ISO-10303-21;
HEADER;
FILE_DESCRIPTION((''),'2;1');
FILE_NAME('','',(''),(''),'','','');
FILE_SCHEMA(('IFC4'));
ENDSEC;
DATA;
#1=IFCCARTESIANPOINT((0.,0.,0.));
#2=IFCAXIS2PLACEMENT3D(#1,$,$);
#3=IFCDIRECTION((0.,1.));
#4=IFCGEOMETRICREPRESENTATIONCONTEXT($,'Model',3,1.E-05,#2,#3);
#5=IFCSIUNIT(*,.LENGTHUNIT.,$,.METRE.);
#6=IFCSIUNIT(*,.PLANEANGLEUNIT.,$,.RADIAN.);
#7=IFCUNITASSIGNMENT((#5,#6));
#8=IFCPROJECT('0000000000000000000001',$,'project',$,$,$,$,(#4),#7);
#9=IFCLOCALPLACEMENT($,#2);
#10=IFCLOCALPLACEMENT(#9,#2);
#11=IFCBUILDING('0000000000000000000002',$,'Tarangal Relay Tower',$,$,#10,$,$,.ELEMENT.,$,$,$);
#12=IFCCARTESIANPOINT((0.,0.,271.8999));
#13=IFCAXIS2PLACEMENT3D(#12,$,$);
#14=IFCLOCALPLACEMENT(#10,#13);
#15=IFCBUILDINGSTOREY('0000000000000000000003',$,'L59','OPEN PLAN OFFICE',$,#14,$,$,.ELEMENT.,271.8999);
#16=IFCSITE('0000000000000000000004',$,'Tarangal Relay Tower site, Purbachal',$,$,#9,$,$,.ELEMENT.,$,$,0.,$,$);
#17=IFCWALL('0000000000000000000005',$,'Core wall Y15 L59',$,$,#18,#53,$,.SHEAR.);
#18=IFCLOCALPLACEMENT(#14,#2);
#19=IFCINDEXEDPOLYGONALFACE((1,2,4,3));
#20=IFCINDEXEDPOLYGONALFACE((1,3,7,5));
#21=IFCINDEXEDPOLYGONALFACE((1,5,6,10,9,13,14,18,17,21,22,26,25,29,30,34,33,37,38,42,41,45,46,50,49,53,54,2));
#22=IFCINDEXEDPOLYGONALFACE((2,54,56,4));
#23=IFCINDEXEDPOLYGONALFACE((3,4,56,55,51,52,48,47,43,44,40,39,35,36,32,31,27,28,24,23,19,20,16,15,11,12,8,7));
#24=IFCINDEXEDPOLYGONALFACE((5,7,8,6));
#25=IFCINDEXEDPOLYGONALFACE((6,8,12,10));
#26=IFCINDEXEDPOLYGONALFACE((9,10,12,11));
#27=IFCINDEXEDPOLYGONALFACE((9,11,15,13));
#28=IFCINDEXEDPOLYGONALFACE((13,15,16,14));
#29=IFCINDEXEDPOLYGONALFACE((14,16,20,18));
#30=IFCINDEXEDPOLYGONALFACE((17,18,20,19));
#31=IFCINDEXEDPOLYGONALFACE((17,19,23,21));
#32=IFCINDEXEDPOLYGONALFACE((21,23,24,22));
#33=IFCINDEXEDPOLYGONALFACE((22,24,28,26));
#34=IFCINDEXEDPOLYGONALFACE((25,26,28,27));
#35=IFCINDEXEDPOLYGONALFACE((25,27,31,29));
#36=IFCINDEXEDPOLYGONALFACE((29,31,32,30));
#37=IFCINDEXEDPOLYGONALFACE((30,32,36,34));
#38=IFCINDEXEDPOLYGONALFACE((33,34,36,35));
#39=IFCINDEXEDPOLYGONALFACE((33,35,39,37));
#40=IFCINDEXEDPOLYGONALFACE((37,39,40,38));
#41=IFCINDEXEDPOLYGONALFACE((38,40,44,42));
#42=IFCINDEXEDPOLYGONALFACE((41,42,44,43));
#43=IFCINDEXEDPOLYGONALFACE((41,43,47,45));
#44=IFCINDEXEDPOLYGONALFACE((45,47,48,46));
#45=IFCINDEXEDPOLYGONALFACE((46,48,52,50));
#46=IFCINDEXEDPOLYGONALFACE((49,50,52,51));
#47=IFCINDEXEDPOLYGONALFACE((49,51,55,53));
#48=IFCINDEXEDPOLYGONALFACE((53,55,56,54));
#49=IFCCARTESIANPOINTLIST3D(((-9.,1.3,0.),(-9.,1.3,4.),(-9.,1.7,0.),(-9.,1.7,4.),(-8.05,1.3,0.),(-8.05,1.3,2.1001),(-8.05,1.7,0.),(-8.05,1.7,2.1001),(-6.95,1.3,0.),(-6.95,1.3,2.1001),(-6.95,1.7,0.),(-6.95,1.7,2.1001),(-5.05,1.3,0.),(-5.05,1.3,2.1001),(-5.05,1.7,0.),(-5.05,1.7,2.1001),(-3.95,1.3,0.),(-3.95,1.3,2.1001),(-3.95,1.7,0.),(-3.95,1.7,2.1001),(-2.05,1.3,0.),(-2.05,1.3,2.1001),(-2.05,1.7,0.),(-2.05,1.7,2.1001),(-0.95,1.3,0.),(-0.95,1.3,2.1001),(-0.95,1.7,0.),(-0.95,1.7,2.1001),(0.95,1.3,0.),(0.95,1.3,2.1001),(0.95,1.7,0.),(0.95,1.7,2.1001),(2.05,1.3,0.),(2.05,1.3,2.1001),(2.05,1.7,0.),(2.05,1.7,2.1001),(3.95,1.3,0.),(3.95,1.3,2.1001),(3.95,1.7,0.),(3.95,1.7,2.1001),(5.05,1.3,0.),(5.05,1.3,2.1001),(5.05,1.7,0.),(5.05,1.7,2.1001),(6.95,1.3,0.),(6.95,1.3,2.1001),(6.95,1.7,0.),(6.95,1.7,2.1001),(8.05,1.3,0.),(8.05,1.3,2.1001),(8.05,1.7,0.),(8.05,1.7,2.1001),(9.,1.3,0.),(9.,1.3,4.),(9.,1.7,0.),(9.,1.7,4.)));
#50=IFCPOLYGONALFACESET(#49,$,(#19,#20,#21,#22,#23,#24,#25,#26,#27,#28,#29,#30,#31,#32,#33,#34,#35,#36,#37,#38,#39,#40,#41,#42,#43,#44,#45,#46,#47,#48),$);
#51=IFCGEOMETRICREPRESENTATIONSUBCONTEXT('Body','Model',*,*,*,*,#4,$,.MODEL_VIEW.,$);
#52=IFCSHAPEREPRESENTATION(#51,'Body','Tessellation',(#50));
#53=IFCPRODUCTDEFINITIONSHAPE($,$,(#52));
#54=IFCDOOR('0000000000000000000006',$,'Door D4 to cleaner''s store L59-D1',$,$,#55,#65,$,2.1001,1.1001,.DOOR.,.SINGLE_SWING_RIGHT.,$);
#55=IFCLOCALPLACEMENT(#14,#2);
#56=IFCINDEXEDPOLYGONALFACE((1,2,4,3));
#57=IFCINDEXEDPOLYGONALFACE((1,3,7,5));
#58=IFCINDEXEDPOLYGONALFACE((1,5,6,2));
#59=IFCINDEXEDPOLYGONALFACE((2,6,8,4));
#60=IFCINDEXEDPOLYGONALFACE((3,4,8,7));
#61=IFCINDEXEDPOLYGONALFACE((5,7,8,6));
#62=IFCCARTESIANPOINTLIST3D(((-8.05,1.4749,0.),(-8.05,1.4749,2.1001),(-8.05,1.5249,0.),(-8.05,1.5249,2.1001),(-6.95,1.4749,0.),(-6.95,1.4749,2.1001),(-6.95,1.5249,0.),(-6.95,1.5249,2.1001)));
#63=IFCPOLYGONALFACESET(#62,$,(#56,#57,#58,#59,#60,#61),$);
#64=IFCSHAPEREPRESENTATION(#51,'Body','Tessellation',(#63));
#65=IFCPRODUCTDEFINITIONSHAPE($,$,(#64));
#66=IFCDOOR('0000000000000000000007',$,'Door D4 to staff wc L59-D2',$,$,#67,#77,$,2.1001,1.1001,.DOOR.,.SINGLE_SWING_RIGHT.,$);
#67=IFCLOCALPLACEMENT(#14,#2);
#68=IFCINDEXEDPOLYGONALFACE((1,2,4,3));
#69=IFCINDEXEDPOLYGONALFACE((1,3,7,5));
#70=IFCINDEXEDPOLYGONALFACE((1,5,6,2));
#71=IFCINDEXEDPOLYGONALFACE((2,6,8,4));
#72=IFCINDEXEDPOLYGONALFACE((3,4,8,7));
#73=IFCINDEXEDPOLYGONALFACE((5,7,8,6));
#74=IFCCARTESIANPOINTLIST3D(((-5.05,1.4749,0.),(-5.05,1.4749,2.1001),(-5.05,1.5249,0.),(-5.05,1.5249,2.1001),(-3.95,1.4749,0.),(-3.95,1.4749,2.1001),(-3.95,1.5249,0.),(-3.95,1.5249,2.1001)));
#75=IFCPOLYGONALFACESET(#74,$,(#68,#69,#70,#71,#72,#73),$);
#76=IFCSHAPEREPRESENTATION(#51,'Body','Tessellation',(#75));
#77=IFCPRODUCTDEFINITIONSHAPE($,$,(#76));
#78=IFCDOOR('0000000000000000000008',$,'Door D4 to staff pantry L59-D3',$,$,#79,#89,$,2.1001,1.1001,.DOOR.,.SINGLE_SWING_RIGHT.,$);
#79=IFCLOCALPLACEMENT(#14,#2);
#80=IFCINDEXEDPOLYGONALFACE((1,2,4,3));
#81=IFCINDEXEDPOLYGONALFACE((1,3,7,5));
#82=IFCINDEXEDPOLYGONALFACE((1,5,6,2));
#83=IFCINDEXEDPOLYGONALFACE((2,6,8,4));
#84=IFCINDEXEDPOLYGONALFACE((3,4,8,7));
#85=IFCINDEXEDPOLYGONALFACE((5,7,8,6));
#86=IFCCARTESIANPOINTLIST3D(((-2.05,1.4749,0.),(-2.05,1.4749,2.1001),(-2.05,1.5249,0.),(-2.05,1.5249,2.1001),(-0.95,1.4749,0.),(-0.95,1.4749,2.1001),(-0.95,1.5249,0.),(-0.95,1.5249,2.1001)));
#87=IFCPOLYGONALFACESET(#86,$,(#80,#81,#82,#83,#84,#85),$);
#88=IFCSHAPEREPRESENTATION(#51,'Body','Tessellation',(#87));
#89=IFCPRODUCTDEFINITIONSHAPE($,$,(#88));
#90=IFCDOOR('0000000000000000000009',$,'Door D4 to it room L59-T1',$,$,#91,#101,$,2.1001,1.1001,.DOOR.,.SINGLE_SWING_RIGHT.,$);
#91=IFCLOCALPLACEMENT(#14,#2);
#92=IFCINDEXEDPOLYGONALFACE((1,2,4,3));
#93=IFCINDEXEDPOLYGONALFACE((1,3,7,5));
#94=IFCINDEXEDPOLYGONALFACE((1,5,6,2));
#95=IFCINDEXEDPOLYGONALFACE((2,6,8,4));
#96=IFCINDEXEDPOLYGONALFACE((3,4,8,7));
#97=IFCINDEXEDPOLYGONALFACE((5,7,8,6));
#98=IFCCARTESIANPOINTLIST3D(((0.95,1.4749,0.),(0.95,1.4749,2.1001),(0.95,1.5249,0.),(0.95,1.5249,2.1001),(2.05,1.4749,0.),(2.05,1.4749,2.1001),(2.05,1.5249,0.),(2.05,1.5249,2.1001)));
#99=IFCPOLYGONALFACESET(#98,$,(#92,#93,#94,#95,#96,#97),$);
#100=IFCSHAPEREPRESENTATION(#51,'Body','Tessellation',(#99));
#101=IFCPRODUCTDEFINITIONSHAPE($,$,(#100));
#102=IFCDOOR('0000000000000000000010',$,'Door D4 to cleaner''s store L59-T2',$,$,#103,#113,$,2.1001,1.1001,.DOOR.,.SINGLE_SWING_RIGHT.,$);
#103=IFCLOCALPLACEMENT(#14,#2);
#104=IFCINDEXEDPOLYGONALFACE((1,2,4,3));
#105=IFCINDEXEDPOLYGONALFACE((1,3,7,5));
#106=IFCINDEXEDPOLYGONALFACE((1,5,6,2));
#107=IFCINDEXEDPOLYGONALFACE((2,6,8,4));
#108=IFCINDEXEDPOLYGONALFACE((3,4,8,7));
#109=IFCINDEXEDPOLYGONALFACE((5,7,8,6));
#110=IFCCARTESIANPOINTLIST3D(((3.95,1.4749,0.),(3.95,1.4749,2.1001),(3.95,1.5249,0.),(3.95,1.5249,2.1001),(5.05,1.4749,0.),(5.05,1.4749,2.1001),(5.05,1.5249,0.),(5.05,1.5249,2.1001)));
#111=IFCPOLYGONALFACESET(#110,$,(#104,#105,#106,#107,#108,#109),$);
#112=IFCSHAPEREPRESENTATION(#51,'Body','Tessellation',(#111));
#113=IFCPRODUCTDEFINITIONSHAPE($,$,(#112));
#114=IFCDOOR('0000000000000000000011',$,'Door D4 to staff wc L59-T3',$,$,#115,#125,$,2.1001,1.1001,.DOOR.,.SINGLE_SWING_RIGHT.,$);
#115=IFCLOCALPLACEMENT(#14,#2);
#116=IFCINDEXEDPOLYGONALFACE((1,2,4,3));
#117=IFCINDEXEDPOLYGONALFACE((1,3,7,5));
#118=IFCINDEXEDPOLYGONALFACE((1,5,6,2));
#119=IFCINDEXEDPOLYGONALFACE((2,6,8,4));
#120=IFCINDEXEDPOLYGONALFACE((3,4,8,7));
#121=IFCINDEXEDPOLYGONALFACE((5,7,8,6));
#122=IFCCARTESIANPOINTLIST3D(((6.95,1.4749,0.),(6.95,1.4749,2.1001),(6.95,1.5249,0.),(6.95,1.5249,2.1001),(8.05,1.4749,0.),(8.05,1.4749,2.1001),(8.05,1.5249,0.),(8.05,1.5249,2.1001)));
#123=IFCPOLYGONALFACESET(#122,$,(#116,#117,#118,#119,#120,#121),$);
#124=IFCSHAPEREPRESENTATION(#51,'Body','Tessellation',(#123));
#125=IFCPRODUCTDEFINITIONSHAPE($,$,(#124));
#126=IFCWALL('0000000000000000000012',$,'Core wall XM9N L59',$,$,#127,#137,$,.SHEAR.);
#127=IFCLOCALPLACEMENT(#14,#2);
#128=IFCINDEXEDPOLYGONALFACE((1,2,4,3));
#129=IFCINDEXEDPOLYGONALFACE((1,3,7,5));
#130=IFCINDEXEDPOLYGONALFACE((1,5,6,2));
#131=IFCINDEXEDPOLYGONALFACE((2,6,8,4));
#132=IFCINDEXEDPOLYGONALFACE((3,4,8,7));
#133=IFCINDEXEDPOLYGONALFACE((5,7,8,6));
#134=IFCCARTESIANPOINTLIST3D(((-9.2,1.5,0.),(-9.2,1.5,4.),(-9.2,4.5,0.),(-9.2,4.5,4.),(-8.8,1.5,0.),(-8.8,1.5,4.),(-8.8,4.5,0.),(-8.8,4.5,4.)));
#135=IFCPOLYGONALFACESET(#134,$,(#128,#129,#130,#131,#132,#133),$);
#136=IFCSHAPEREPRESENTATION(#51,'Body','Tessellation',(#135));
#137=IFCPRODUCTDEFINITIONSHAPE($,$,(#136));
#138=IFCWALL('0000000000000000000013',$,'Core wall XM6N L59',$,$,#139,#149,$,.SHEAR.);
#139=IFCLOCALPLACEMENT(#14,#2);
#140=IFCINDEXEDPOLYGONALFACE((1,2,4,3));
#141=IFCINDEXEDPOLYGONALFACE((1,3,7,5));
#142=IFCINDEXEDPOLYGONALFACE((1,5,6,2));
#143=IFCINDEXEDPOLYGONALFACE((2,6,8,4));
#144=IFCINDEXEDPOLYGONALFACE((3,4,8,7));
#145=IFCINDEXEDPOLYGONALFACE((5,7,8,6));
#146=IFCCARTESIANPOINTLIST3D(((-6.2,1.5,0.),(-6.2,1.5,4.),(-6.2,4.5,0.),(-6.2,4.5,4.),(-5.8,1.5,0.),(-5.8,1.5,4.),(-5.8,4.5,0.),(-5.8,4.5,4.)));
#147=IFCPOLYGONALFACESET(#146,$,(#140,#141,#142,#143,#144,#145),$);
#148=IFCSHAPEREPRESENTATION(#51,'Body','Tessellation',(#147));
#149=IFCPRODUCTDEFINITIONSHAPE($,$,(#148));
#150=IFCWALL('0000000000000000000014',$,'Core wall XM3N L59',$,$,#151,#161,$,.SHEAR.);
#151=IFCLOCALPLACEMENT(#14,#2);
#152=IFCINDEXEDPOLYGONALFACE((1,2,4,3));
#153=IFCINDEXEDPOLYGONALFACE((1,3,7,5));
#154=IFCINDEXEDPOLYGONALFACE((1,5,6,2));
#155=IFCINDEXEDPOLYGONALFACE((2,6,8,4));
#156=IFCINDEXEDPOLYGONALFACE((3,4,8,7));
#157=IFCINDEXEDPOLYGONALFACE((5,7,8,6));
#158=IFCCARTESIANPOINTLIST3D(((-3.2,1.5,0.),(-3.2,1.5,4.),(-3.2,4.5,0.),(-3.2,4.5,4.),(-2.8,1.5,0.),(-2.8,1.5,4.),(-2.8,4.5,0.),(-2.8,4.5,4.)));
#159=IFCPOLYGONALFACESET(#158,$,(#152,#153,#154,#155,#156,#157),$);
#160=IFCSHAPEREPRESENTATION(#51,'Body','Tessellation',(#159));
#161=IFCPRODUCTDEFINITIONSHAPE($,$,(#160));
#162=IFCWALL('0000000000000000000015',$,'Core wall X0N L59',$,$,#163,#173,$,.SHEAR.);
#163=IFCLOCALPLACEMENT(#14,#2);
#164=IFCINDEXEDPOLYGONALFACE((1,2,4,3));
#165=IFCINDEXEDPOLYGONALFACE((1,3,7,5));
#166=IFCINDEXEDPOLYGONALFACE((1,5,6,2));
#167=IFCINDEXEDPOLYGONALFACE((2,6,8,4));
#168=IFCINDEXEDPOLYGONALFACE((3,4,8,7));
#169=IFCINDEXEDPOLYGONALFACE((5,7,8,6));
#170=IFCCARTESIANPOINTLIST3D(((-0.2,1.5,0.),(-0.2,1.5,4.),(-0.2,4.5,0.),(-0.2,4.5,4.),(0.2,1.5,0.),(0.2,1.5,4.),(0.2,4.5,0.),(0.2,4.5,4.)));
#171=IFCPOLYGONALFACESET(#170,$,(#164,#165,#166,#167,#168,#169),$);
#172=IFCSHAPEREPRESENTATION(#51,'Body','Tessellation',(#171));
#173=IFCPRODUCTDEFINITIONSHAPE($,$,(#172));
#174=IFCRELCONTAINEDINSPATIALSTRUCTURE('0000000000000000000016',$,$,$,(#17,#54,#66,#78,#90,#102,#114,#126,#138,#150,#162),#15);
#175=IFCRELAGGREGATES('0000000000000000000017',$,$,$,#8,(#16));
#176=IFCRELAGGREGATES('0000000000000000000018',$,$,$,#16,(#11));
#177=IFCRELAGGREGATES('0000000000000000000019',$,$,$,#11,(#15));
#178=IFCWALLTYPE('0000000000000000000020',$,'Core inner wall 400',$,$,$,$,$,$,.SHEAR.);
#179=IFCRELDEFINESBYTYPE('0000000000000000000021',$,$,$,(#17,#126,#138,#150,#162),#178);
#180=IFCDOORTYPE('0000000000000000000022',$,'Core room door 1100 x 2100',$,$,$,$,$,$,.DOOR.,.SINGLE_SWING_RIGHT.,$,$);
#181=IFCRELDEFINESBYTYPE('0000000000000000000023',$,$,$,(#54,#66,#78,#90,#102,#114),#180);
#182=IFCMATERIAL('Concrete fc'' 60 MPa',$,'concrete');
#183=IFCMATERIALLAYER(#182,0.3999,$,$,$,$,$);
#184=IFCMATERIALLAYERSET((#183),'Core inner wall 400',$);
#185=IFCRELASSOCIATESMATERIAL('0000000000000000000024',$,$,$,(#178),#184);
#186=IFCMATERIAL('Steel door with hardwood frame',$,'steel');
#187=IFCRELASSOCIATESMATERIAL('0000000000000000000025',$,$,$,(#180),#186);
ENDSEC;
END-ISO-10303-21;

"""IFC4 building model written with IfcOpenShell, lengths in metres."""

from ifc_helpers import new_model, si_unit, direction, frame, frame_2d, origin, place, context, subcontext, project, spatial, rectangle, extrude, material, layer, layer_set, type_object, element, fill, save


model = new_model("IFC4")

# Units and contexts
model_context = context("Model", 3, precision=1e-05, world=origin(), true_north=direction((0.0, 1.0)))
body_context = subcontext(model_context, "Body", "Model", "MODEL_VIEW")
ifc_project = project(units=[si_unit("LENGTHUNIT", "METRE"), si_unit("PLANEANGLEUNIT", "RADIAN")], contexts=[model_context])

# Site, building, storey
site_placement = place(None, origin())
site = spatial("IfcSite", under=ifc_project, at=site_placement, Name="Tarangal Relay Tower site, Purbachal", CompositionType="ELEMENT", RefElevation=0.0)
building_placement = place(site_placement, origin())
building = spatial("IfcBuilding", under=site, at=building_placement, Name="Tarangal Relay Tower", CompositionType="ELEMENT")
storey_placement = place(building_placement, frame((0.0, 0.0, 271.8999)))
storey = spatial("IfcBuildingStorey", under=building, at=storey_placement, Name="L59", Description="OPEN PLAN OFFICE", CompositionType="ELEMENT", Elevation=271.8999)

# Wall, openings, doors
ifc_material_1 = material(Name="Concrete fc' 60 MPa", Category="concrete")
ifc_layer_1 = layer(ifc_material_1, 0.3999)
ifc_layer_set_1 = layer_set([ifc_layer_1], Name="Core inner wall 400")
wall_type = type_object("IfcWallType", Name="Core inner wall 400", PredefinedType="SHEAR", material=ifc_layer_set_1)
wall_1_placement = place(storey_placement, frame((-9.0, 1.5, 0.0), z_axis=(0.0, 0.0, 1.0), x_axis=(1.0, 0.0, 0.0)))
wall_1 = element("IfcWall", 1, at=wall_1_placement, inside=storey, type_object=wall_type, Name="Core wall Y15 L59", PredefinedType="SHEAR", context=body_context, shape_type="SweptSolid", body=[
    extrude(rectangle(XDim=18.0, YDim=0.3999, at=frame_2d((9.0, 0.0))), origin(), (0.0, 0.0, 1.0), 4.0),
])
opening_1_placement = place(wall_1_placement, frame((0.95, 0.0, 0.0)))
opening_1 = element("IfcOpeningElement", 2, at=opening_1_placement, cuts=wall_1, PredefinedType="OPENING", context=body_context, shape_type="SweptSolid", body=[
    extrude(rectangle(XDim=1.1001, YDim=2.1001, at=frame_2d((0.55, 1.05))), frame((0.0, 0.21, 0.0), z_axis=(0.0, -1.0, 0.0), x_axis=(1.0, 0.0, 0.0)), (0.0, 0.0, 1.0), 0.4199),
])
opening_2_placement = place(wall_1_placement, frame((3.95, 0.0, 0.0)))
opening_2 = element("IfcOpeningElement", 3, at=opening_2_placement, cuts=wall_1, PredefinedType="OPENING", context=body_context, shape_type="SweptSolid", body=[
    extrude(rectangle(XDim=1.1001, YDim=2.1001, at=frame_2d((0.55, 1.05))), frame((0.0, 0.21, 0.0), z_axis=(0.0, -1.0, 0.0), x_axis=(1.0, 0.0, 0.0)), (0.0, 0.0, 1.0), 0.4199),
])
opening_3_placement = place(wall_1_placement, frame((6.95, 0.0, 0.0)))
opening_3 = element("IfcOpeningElement", 4, at=opening_3_placement, cuts=wall_1, PredefinedType="OPENING", context=body_context, shape_type="SweptSolid", body=[
    extrude(rectangle(XDim=1.1001, YDim=2.1001, at=frame_2d((0.55, 1.05))), frame((0.0, 0.21, 0.0), z_axis=(0.0, -1.0, 0.0), x_axis=(1.0, 0.0, 0.0)), (0.0, 0.0, 1.0), 0.4199),
])
opening_4_placement = place(wall_1_placement, frame((9.95, 0.0, 0.0)))
opening_4 = element("IfcOpeningElement", 5, at=opening_4_placement, cuts=wall_1, PredefinedType="OPENING", context=body_context, shape_type="SweptSolid", body=[
    extrude(rectangle(XDim=1.1001, YDim=2.1001, at=frame_2d((0.55, 1.05))), frame((0.0, 0.21, 0.0), z_axis=(0.0, -1.0, 0.0), x_axis=(1.0, 0.0, 0.0)), (0.0, 0.0, 1.0), 0.4199),
])
opening_5_placement = place(wall_1_placement, frame((12.95, 0.0, 0.0)))
opening_5 = element("IfcOpeningElement", 6, at=opening_5_placement, cuts=wall_1, PredefinedType="OPENING", context=body_context, shape_type="SweptSolid", body=[
    extrude(rectangle(XDim=1.1001, YDim=2.1001, at=frame_2d((0.55, 1.05))), frame((0.0, 0.21, 0.0), z_axis=(0.0, -1.0, 0.0), x_axis=(1.0, 0.0, 0.0)), (0.0, 0.0, 1.0), 0.4199),
])
opening_6_placement = place(wall_1_placement, frame((15.95, 0.0, 0.0)))
opening_6 = element("IfcOpeningElement", 7, at=opening_6_placement, cuts=wall_1, PredefinedType="OPENING", context=body_context, shape_type="SweptSolid", body=[
    extrude(rectangle(XDim=1.1001, YDim=2.1001, at=frame_2d((0.55, 1.05))), frame((0.0, 0.21, 0.0), z_axis=(0.0, -1.0, 0.0), x_axis=(1.0, 0.0, 0.0)), (0.0, 0.0, 1.0), 0.4199),
])
ifc_material_2 = material(Name="Steel door with hardwood frame", Category="steel")
door_type_1 = type_object("IfcDoorType", Name="Core room door 1100 x 2100", OperationType="SINGLE_SWING_RIGHT", PredefinedType="DOOR", material=ifc_material_2)
door_1_placement = place(opening_1_placement, origin())
door_1 = element("IfcDoor", 8, at=door_1_placement, inside=storey, type_object=door_type_1, Name="Door D4 to cleaner's store L59-D1", OperationType="SINGLE_SWING_RIGHT", OverallHeight=2.1001, OverallWidth=1.1001, PredefinedType="DOOR", context=body_context, shape_type="SweptSolid", body=[
    extrude(rectangle(XDim=1.1001, YDim=2.1001, at=frame_2d((0.55, 1.05))), frame((0.0, 0.0249, 0.0), z_axis=(0.0, -1.0, 0.0), x_axis=(1.0, 0.0, 0.0)), (0.0, 0.0, 1.0), 0.05),
])
fill(opening_1, door_1)
door_2_placement = place(opening_2_placement, origin())
door_2 = element("IfcDoor", 9, at=door_2_placement, inside=storey, type_object=door_type_1, Name="Door D4 to staff wc L59-D2", OperationType="SINGLE_SWING_RIGHT", OverallHeight=2.1001, OverallWidth=1.1001, PredefinedType="DOOR", context=body_context, shape_type="SweptSolid", body=[
    extrude(rectangle(XDim=1.1001, YDim=2.1001, at=frame_2d((0.55, 1.05))), frame((0.0, 0.0249, 0.0), z_axis=(0.0, -1.0, 0.0), x_axis=(1.0, 0.0, 0.0)), (0.0, 0.0, 1.0), 0.05),
])
fill(opening_2, door_2)
door_3_placement = place(opening_3_placement, origin())
door_3 = element("IfcDoor", 10, at=door_3_placement, inside=storey, type_object=door_type_1, Name="Door D4 to staff pantry L59-D3", OperationType="SINGLE_SWING_RIGHT", OverallHeight=2.1001, OverallWidth=1.1001, PredefinedType="DOOR", context=body_context, shape_type="SweptSolid", body=[
    extrude(rectangle(XDim=1.1001, YDim=2.1001, at=frame_2d((0.55, 1.05))), frame((0.0, 0.0249, 0.0), z_axis=(0.0, -1.0, 0.0), x_axis=(1.0, 0.0, 0.0)), (0.0, 0.0, 1.0), 0.05),
])
fill(opening_3, door_3)
door_4_placement = place(opening_4_placement, origin())
door_4 = element("IfcDoor", 11, at=door_4_placement, inside=storey, type_object=door_type_1, Name="Door D4 to it room L59-T1", OperationType="SINGLE_SWING_RIGHT", OverallHeight=2.1001, OverallWidth=1.1001, PredefinedType="DOOR", context=body_context, shape_type="SweptSolid", body=[
    extrude(rectangle(XDim=1.1001, YDim=2.1001, at=frame_2d((0.55, 1.05))), frame((0.0, 0.0249, 0.0), z_axis=(0.0, -1.0, 0.0), x_axis=(1.0, 0.0, 0.0)), (0.0, 0.0, 1.0), 0.05),
])
fill(opening_4, door_4)
door_5_placement = place(opening_5_placement, origin())
door_5 = element("IfcDoor", 12, at=door_5_placement, inside=storey, type_object=door_type_1, Name="Door D4 to cleaner's store L59-T2", OperationType="SINGLE_SWING_RIGHT", OverallHeight=2.1001, OverallWidth=1.1001, PredefinedType="DOOR", context=body_context, shape_type="SweptSolid", body=[
    extrude(rectangle(XDim=1.1001, YDim=2.1001, at=frame_2d((0.55, 1.05))), frame((0.0, 0.0249, 0.0), z_axis=(0.0, -1.0, 0.0), x_axis=(1.0, 0.0, 0.0)), (0.0, 0.0, 1.0), 0.05),
])
fill(opening_5, door_5)
door_6_placement = place(opening_6_placement, origin())
door_6 = element("IfcDoor", 13, at=door_6_placement, inside=storey, type_object=door_type_1, Name="Door D4 to staff wc L59-T3", OperationType="SINGLE_SWING_RIGHT", OverallHeight=2.1001, OverallWidth=1.1001, PredefinedType="DOOR", context=body_context, shape_type="SweptSolid", body=[
    extrude(rectangle(XDim=1.1001, YDim=2.1001, at=frame_2d((0.55, 1.05))), frame((0.0, 0.0249, 0.0), z_axis=(0.0, -1.0, 0.0), x_axis=(1.0, 0.0, 0.0)), (0.0, 0.0, 1.0), 0.05),
])
fill(opening_6, door_6)

# Walls
for number, where, z_axis, x_axis, name in (
    (14, (-9.0, 1.5, 0.0), (0.0, 0.0, 1.0), (0.0, 1.0, 0.0), "Core wall XM9N L59"),
    (15, (-6.0, 1.5, 0.0), (0.0, 0.0, 1.0), (0.0, 1.0, 0.0), "Core wall XM6N L59"),
    (16, (-3.0, 1.5, 0.0), (0.0, 0.0, 1.0), (0.0, 1.0, 0.0), "Core wall XM3N L59"),
    (17, (0.0, 1.5, 0.0), (0.0, 0.0, 1.0), (0.0, 1.0, 0.0), "Core wall X0N L59"),
):
    element("IfcWall", number, at=place(storey_placement, frame(where, z_axis=z_axis, x_axis=x_axis)), inside=storey, type_object=wall_type, Name=name, PredefinedType="SHEAR", context=body_context, shape_type="SweptSolid", body=[
        extrude(rectangle(XDim=3.0, YDim=0.3999, at=frame_2d((1.5, 0.0))), origin(), (0.0, 0.0, 1.0), 4.0),
    ])

save(model, "model.ifc")
